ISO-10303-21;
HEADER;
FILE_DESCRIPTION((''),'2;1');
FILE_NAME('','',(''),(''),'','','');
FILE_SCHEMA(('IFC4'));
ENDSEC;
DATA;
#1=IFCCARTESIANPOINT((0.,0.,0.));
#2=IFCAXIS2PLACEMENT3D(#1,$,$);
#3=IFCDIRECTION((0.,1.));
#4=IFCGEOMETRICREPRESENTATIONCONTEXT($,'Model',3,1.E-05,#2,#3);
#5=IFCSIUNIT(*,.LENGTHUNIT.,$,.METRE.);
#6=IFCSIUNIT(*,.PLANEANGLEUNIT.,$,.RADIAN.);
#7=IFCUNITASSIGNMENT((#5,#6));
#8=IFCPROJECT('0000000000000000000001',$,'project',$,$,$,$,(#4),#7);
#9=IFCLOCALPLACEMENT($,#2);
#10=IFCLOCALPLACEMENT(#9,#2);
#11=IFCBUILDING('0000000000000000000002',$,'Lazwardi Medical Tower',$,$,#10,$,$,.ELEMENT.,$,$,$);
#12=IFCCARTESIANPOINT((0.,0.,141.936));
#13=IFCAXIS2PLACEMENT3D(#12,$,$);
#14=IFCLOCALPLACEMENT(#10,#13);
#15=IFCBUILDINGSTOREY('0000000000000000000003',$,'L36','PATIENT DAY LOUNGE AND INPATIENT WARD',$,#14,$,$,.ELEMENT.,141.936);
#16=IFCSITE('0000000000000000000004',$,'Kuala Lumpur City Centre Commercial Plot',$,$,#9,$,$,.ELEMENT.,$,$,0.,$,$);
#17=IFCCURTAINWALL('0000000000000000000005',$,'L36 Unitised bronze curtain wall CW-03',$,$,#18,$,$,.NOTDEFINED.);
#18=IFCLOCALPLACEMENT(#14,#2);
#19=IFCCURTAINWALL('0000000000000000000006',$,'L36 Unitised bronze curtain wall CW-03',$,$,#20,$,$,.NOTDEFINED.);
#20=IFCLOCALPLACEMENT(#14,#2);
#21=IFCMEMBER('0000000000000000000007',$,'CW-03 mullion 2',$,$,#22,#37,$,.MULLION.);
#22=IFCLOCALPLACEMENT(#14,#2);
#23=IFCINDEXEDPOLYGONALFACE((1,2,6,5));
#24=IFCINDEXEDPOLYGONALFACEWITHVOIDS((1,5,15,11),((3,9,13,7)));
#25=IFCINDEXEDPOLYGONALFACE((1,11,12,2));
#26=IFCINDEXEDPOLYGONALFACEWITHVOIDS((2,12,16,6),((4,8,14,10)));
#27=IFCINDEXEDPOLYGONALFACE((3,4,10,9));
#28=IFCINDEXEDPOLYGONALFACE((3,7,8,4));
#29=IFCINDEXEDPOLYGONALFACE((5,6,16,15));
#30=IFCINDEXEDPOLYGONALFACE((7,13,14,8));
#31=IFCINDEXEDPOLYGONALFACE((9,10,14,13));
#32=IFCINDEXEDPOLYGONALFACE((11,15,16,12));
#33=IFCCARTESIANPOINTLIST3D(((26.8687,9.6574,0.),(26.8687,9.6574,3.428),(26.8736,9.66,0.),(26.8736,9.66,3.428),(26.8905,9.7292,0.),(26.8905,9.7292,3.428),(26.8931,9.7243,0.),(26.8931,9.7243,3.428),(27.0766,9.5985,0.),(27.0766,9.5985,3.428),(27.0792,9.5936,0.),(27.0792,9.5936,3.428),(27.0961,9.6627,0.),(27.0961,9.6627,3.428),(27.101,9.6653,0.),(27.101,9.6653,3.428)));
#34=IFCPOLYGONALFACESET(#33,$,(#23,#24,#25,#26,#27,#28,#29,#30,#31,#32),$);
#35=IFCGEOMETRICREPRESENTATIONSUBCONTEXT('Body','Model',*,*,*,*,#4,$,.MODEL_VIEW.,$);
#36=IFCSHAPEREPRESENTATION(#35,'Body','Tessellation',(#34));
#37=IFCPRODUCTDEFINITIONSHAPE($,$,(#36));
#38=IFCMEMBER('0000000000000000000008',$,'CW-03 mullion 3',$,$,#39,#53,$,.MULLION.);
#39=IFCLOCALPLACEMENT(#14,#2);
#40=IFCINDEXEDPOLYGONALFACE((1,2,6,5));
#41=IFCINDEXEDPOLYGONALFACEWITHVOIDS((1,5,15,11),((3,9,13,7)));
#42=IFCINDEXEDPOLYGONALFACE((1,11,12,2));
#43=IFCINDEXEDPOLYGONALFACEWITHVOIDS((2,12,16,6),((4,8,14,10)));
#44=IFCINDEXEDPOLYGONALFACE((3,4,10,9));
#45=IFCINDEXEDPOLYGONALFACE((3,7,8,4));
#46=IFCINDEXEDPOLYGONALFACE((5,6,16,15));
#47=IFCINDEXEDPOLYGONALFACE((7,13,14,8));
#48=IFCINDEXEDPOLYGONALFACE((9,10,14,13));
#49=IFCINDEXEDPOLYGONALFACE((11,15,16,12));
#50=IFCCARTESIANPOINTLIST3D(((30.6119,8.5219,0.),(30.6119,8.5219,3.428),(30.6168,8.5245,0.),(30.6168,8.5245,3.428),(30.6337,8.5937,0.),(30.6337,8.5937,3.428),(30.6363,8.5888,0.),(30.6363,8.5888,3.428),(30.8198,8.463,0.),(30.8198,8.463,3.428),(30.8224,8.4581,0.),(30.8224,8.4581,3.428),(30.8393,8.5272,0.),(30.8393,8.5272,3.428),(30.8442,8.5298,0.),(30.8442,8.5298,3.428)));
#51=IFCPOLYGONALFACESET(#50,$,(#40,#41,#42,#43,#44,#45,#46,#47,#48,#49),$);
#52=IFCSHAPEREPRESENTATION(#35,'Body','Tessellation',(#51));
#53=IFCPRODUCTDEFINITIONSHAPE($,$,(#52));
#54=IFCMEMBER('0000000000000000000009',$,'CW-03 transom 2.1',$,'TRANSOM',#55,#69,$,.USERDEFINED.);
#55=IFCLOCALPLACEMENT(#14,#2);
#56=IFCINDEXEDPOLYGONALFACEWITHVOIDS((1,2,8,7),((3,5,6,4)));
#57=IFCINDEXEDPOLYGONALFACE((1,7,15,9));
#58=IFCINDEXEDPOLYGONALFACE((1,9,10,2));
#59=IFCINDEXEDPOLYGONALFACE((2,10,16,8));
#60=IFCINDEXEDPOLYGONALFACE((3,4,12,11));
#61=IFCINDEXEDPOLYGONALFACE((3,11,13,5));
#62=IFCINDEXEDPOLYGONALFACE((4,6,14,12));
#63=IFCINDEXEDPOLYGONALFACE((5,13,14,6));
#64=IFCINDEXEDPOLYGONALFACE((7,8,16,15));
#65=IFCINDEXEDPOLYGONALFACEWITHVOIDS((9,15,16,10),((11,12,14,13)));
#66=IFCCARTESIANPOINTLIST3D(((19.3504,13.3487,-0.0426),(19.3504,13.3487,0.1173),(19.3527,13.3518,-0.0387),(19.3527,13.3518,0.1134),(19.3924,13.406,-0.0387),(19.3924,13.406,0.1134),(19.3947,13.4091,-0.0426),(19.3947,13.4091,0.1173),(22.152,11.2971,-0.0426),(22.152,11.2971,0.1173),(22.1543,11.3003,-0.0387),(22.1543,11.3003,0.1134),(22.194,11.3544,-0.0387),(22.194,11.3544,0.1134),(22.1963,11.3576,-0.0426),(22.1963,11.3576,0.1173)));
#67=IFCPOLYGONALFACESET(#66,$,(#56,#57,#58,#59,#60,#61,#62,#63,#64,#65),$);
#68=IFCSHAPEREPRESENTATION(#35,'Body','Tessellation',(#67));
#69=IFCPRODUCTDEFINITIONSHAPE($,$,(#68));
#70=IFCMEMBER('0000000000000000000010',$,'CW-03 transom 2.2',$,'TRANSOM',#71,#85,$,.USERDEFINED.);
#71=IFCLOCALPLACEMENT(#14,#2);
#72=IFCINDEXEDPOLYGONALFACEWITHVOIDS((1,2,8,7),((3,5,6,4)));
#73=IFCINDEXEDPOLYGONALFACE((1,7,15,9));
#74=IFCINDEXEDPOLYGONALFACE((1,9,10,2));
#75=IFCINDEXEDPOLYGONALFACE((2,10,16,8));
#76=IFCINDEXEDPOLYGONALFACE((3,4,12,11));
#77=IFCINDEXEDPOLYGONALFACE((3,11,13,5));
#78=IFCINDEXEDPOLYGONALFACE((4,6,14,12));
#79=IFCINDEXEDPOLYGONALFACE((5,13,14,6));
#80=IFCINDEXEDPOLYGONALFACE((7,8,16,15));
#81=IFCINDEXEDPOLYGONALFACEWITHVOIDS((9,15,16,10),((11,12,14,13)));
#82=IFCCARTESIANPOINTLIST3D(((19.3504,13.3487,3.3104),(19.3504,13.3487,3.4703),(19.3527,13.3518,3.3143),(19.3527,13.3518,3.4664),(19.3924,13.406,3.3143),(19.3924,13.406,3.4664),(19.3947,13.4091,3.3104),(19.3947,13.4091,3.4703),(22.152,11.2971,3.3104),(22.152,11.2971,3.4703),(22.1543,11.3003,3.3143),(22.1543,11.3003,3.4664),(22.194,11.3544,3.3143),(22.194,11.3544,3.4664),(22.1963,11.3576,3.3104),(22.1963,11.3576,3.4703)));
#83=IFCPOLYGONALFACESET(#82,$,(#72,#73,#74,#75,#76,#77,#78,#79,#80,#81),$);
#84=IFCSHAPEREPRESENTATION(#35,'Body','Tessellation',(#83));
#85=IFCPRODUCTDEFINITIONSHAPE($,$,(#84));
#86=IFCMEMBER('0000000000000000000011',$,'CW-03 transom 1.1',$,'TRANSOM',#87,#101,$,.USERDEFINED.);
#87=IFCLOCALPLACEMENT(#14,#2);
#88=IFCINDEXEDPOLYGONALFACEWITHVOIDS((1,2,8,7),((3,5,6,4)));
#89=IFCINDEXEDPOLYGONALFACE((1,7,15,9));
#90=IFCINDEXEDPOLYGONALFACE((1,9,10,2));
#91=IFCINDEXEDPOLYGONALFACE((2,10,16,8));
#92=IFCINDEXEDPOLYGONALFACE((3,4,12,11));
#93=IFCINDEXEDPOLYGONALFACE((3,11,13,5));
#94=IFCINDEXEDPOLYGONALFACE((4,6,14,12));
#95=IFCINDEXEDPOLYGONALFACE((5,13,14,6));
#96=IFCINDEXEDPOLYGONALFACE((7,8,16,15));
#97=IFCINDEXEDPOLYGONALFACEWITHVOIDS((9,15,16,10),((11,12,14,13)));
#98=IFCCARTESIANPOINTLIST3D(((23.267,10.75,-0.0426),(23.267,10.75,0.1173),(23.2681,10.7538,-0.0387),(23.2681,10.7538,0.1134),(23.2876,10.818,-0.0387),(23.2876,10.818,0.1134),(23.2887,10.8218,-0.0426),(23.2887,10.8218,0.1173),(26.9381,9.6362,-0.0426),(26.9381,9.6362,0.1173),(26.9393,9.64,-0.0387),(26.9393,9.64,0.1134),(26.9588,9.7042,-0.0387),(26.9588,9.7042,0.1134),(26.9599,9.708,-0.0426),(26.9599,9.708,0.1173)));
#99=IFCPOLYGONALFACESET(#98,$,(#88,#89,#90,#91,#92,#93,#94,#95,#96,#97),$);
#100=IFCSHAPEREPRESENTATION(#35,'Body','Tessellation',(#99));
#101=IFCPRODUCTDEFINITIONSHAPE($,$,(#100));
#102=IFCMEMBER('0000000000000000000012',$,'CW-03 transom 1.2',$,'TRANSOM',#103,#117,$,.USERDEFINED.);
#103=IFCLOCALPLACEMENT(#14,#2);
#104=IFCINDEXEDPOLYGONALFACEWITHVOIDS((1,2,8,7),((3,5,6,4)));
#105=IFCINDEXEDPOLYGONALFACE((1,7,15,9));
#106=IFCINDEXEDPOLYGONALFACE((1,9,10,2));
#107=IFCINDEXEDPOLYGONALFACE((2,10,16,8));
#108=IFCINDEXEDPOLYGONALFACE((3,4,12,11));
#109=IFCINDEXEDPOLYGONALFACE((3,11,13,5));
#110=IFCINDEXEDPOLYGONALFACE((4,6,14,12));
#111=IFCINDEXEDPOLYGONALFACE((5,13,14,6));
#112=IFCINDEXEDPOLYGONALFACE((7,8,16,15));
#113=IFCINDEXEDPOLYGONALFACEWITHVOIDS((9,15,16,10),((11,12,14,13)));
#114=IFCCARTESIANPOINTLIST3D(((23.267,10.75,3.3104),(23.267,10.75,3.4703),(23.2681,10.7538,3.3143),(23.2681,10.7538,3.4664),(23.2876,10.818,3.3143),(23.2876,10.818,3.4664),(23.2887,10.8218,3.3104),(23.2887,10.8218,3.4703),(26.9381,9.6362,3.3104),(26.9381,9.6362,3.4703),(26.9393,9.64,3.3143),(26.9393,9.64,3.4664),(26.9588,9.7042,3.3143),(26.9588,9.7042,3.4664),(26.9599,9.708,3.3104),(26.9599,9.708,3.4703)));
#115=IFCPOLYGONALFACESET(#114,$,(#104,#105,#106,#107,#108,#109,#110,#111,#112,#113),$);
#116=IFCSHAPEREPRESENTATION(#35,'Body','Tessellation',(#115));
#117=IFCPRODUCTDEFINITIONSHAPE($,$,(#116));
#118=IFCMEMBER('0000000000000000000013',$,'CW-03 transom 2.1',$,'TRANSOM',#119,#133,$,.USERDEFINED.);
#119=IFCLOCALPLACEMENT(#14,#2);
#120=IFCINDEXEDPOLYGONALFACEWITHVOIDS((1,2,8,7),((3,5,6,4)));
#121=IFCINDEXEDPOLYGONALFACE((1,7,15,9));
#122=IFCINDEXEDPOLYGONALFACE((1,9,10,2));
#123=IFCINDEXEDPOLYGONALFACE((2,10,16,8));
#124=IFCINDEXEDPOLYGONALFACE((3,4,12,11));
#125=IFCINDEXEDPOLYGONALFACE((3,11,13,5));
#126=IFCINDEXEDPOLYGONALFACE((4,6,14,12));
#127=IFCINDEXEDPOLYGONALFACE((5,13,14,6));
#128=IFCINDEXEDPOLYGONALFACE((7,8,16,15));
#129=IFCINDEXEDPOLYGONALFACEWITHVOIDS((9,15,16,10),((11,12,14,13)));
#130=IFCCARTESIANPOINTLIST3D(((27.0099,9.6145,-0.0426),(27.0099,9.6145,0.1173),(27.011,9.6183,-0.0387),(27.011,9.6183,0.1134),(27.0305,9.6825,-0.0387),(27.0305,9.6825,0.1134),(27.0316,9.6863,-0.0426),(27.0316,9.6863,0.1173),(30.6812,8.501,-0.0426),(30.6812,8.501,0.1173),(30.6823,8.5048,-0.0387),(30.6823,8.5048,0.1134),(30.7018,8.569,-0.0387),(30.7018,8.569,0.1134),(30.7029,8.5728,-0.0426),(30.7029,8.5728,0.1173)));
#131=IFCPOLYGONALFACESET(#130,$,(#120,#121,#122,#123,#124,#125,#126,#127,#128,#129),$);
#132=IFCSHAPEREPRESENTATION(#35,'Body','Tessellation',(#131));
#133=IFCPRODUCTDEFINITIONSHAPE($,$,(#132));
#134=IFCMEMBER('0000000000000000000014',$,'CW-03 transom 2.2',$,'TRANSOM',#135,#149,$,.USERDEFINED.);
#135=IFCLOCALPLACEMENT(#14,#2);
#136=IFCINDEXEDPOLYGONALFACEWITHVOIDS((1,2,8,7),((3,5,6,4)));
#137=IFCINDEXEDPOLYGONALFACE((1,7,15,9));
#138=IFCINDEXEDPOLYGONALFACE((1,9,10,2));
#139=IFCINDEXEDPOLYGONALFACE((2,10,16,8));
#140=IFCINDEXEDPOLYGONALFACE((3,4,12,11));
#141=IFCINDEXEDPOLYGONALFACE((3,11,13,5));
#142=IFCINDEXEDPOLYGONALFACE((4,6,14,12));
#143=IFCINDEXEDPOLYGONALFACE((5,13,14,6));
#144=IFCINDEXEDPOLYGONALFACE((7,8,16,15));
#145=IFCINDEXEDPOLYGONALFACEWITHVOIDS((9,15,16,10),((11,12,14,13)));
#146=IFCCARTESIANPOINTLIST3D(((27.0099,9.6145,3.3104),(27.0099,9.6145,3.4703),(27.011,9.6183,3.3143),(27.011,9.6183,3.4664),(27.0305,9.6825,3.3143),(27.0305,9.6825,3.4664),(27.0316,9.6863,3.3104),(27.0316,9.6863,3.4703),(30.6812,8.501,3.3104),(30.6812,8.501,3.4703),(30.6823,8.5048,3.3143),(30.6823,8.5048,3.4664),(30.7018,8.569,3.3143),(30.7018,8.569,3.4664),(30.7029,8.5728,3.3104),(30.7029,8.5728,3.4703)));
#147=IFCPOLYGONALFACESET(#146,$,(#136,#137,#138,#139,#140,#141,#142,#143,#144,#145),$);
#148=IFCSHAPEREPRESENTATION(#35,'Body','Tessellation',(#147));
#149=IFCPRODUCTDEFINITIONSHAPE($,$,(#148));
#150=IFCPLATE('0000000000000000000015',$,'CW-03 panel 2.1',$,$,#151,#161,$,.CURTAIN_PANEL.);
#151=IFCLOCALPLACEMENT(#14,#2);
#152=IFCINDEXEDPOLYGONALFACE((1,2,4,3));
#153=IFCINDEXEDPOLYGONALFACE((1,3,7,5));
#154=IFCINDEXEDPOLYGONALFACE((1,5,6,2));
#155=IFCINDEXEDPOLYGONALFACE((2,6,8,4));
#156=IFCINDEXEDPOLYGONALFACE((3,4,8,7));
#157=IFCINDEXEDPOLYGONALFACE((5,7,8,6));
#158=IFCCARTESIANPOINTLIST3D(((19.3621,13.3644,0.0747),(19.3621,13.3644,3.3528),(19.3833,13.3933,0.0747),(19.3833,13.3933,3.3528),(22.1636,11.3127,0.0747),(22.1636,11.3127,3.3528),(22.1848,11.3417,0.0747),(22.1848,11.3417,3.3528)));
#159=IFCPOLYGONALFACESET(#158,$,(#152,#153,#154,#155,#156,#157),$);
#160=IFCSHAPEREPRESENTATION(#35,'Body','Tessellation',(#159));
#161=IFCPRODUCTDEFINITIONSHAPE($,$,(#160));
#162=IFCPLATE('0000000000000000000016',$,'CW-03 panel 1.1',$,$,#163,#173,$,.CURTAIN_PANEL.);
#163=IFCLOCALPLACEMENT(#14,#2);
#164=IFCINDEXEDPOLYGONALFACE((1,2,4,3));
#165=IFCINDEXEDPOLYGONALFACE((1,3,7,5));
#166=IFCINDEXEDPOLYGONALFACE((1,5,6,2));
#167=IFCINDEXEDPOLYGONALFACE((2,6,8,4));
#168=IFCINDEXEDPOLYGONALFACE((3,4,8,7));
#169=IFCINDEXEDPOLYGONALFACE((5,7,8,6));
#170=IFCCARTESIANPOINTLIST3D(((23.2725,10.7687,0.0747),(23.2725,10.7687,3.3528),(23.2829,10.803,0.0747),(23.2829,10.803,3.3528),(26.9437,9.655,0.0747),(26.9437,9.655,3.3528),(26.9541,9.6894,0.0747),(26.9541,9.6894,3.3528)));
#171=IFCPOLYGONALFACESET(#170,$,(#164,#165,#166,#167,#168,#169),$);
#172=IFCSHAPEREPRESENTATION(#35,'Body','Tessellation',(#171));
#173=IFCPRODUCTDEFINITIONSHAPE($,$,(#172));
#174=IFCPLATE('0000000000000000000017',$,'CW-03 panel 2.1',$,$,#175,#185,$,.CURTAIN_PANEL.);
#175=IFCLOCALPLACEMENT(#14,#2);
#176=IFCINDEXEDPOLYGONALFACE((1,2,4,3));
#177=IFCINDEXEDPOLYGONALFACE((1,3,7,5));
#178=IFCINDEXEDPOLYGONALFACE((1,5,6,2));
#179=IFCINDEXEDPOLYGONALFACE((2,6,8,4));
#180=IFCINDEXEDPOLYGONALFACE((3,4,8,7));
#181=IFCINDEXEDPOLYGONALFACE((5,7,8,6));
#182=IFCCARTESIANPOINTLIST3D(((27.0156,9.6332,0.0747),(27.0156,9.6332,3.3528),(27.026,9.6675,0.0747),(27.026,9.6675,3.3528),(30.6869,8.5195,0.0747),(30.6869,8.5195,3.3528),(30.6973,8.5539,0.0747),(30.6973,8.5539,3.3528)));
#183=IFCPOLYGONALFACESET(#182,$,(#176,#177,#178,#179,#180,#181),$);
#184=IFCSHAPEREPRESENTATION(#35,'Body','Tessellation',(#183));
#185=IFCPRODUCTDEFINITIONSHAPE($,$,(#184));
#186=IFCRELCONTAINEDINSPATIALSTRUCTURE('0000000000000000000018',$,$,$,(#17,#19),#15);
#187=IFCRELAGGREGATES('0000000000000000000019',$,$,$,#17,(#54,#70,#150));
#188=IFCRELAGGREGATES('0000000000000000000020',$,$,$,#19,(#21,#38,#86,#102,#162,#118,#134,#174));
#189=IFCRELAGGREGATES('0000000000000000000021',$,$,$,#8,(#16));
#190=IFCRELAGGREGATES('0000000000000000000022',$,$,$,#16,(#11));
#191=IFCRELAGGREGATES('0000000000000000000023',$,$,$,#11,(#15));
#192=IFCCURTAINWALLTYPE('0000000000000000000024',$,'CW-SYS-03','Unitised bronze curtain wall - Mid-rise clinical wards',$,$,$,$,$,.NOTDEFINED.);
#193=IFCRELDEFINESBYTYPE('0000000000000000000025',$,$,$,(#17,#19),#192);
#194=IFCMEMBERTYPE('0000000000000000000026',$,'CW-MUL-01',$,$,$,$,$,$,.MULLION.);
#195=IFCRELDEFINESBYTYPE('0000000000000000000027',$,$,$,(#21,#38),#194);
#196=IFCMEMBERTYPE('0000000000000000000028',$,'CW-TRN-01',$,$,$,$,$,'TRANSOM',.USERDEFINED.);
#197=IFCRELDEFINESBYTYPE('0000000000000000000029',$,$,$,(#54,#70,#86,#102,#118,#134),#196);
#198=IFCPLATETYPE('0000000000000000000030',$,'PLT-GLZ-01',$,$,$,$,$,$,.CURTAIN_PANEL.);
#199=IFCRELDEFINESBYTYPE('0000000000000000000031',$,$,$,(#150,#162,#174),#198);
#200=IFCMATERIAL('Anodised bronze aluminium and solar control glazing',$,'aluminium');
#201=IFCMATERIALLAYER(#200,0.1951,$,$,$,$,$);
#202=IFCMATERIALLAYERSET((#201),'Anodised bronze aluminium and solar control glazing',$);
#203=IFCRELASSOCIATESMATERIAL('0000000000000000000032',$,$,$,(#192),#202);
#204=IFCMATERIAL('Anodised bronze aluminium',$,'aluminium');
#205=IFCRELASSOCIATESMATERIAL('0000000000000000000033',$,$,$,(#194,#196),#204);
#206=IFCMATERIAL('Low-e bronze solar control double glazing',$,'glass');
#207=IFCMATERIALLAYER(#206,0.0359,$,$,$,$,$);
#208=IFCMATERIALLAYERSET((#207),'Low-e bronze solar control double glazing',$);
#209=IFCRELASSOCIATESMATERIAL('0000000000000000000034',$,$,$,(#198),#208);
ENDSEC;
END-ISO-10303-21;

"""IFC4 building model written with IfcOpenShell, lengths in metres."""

from ifc_helpers import new_model, si_unit, direction, frame, origin, origin_2d, place, context, subcontext, project, spatial, rectangle, hollow_rectangle, extrude, material, layer, layer_set, material_profile, profile_set, type_object, element, aggregate, save


model = new_model("IFC4")

# Units and contexts
model_context = context("Model", 3, precision=1e-05, world=origin(), true_north=direction((0.0, 1.0)))
body_context = subcontext(model_context, "Body", "Model", "MODEL_VIEW")
ifc_project = project(units=[si_unit("LENGTHUNIT", "METRE"), si_unit("PLANEANGLEUNIT", "RADIAN")], contexts=[model_context])

# Site, building, storey
site_placement = place(None, origin())
site = spatial("IfcSite", under=ifc_project, at=site_placement, Name="Kuala Lumpur City Centre Commercial Plot", CompositionType="ELEMENT", RefElevation=0.0)
building_placement = place(site_placement, origin())
building = spatial("IfcBuilding", under=site, at=building_placement, Name="Lazwardi Medical Tower", CompositionType="ELEMENT")
storey_placement = place(building_placement, frame((0.0, 0.0, 141.936)))
storey = spatial("IfcBuildingStorey", under=building, at=storey_placement, Name="L36", Description="PATIENT DAY LOUNGE AND INPATIENT WARD", CompositionType="ELEMENT", Elevation=141.936)

# Curtain wall
ifc_material_1 = material(Name="Anodised bronze aluminium and solar control glazing", Category="aluminium")
ifc_layer_1 = layer(ifc_material_1, 0.1951)
ifc_layer_set_1 = layer_set([ifc_layer_1], Name="Anodised bronze aluminium and solar control glazing")
curtain_wall_type = type_object("IfcCurtainWallType", Name="CW-SYS-03", Description="Unitised bronze curtain wall - Mid-rise clinical wards", PredefinedType="NOTDEFINED", material=ifc_layer_set_1)
curtain_wall_1_placement = place(storey_placement, origin())
curtain_wall_1 = element("IfcCurtainWall", 1, at=curtain_wall_1_placement, inside=storey, type_object=curtain_wall_type, Name="L36 Unitised bronze curtain wall CW-03", PredefinedType="NOTDEFINED")
ifc_material_2 = material(Name="Anodised bronze aluminium", Category="aluminium")
ifc_material_profile_1 = material_profile(ifc_material_2, hollow_rectangle(XDim=0.075, YDim=0.22, WallThickness=0.0039, at=origin_2d()), Name="ALU-MULLION 220x75x4")
ifc_profile_set_1 = profile_set([ifc_material_profile_1], Name="Anodised bronze aluminium")
member_type_1 = type_object("IfcMemberType", Name="CW-MUL-01", PredefinedType="MULLION", material=ifc_profile_set_1)

# Curtain wall, members
curtain_wall_2_placement = place(storey_placement, origin())
curtain_wall_2 = element("IfcCurtainWall", 2, at=curtain_wall_2_placement, inside=storey, type_object=curtain_wall_type, Name="L36 Unitised bronze curtain wall CW-03", PredefinedType="NOTDEFINED")
member_1_placement = place(storey_placement, frame((26.9849, 9.6614, 0.0), z_axis=(0.0, 0.0, 1.0), x_axis=(0.290281, 0.956942, 0.0)))
member_1 = element("IfcMember", 3, at=member_1_placement, type_object=member_type_1, Name="CW-03 mullion 2", PredefinedType="MULLION", context=body_context, shape_type="SweptSolid", body=[
    extrude(hollow_rectangle(XDim=0.075, YDim=0.22, WallThickness=0.0039, at=origin_2d()), origin(), (0.0, 0.0, 1.0), 3.428),
])
member_2_placement = place(storey_placement, frame((30.728, 8.5259, 0.0), z_axis=(0.0, 0.0, 1.0), x_axis=(0.290281, 0.956942, 0.0)))
member_2 = element("IfcMember", 4, at=member_2_placement, type_object=member_type_1, Name="CW-03 mullion 3", PredefinedType="MULLION", context=body_context, shape_type="SweptSolid", body=[
    extrude(hollow_rectangle(XDim=0.075, YDim=0.22, WallThickness=0.0039, at=origin_2d()), origin(), (0.0, 0.0, 1.0), 3.428),
])

# Members
ifc_material_profile_2 = material_profile(ifc_material_2, hollow_rectangle(XDim=0.075, YDim=0.1599, WallThickness=0.0039, at=origin_2d()), Name="ALU-TRANSOM 160x75x4")
ifc_profile_set_2 = profile_set([ifc_material_profile_2], Name="Anodised bronze aluminium")
member_type_2 = type_object("IfcMemberType", Name="CW-TRN-01", ElementType="TRANSOM", PredefinedType="USERDEFINED", material=ifc_profile_set_2)
member_3_placement = place(storey_placement, frame((19.3726, 13.3789, 0.0374), z_axis=(0.806807, -0.590815, 0.0), x_axis=(0.590815, 0.806807, 0.0)))
member_3 = element("IfcMember", 5, at=member_3_placement, type_object=member_type_2, Name="CW-03 transom 2.1", ObjectType="TRANSOM", PredefinedType="USERDEFINED", context=body_context, shape_type="SweptSolid", body=[
    extrude(hollow_rectangle(XDim=0.075, YDim=0.1599, WallThickness=0.0039, at=origin_2d()), origin(), (0.0, 0.0, 1.0), 3.4724),
])
member_4_placement = place(storey_placement, frame((19.3726, 13.3789, 3.3904), z_axis=(0.806807, -0.590815, 0.0), x_axis=(0.590815, 0.806807, 0.0)))
member_4 = element("IfcMember", 6, at=member_4_placement, type_object=member_type_2, Name="CW-03 transom 2.2", ObjectType="TRANSOM", PredefinedType="USERDEFINED", context=body_context, shape_type="SweptSolid", body=[
    extrude(hollow_rectangle(XDim=0.075, YDim=0.1599, WallThickness=0.0039, at=origin_2d()), origin(), (0.0, 0.0, 1.0), 3.4724),
])
member_5_placement = place(storey_placement, frame((23.2778, 10.7859, 0.0374), z_axis=(0.95693, -0.290318, 0.0), x_axis=(0.290318, 0.95693, 0.0)))
member_5 = element("IfcMember", 7, at=member_5_placement, type_object=member_type_2, Name="CW-03 transom 1.1", ObjectType="TRANSOM", PredefinedType="USERDEFINED", context=body_context, shape_type="SweptSolid", body=[
    extrude(hollow_rectangle(XDim=0.075, YDim=0.1599, WallThickness=0.0039, at=origin_2d()), origin(), (0.0, 0.0, 1.0), 3.8364),
])
member_6_placement = place(storey_placement, frame((23.2778, 10.7859, 3.3904), z_axis=(0.95693, -0.290318, 0.0), x_axis=(0.290318, 0.95693, 0.0)))
member_6 = element("IfcMember", 8, at=member_6_placement, type_object=member_type_2, Name="CW-03 transom 1.2", ObjectType="TRANSOM", PredefinedType="USERDEFINED", context=body_context, shape_type="SweptSolid", body=[
    extrude(hollow_rectangle(XDim=0.075, YDim=0.1599, WallThickness=0.0039, at=origin_2d()), origin(), (0.0, 0.0, 1.0), 3.8364),
])
member_7_placement = place(storey_placement, frame((27.0208, 9.6504, 0.0374), z_axis=(0.956953, -0.290242, 0.0), x_axis=(0.290242, 0.956953, 0.0)))
member_7 = element("IfcMember", 9, at=member_7_placement, type_object=member_type_2, Name="CW-03 transom 2.1", ObjectType="TRANSOM", PredefinedType="USERDEFINED", context=body_context, shape_type="SweptSolid", body=[
    extrude(hollow_rectangle(XDim=0.075, YDim=0.1599, WallThickness=0.0039, at=origin_2d()), origin(), (0.0, 0.0, 1.0), 3.8364),
])
member_8_placement = place(storey_placement, frame((27.0208, 9.6504, 3.3904), z_axis=(0.956953, -0.290242, 0.0), x_axis=(0.290242, 0.956953, 0.0)))
member_8 = element("IfcMember", 10, at=member_8_placement, type_object=member_type_2, Name="CW-03 transom 2.2", ObjectType="TRANSOM", PredefinedType="USERDEFINED", context=body_context, shape_type="SweptSolid", body=[
    extrude(hollow_rectangle(XDim=0.075, YDim=0.1599, WallThickness=0.0039, at=origin_2d()), origin(), (0.0, 0.0, 1.0), 3.8364),
])

# Plates
ifc_material_3 = material(Name="Low-e bronze solar control double glazing", Category="glass")
ifc_layer_2 = layer(ifc_material_3, 0.0359)
ifc_layer_set_2 = layer_set([ifc_layer_2], Name="Low-e bronze solar control double glazing")
plate_type = type_object("IfcPlateType", Name="PLT-GLZ-01", PredefinedType="CURTAIN_PANEL", material=ifc_layer_set_2)
plate_1_placement = place(storey_placement, frame((20.7734, 12.353, 0.0747), z_axis=(0.0, 0.0, 1.0), x_axis=(0.806793, -0.590834, 0.0)))
plate_1 = element("IfcPlate", 11, at=plate_1_placement, type_object=plate_type, Name="CW-03 panel 2.1", PredefinedType="CURTAIN_PANEL", context=body_context, shape_type="SweptSolid", body=[
    extrude(rectangle(XDim=3.4724, YDim=0.0359, at=origin_2d()), origin(), (0.0, 0.0, 1.0), 3.2781),
])
aggregate(curtain_wall_1, [member_3, member_4, plate_1])
plate_2_placement = place(storey_placement, frame((25.1133, 10.229, 0.0747), z_axis=(0.0, 0.0, 1.0), x_axis=(0.956942, -0.290281, 0.0)))
plate_2 = element("IfcPlate", 12, at=plate_2_placement, type_object=plate_type, Name="CW-03 panel 1.1", PredefinedType="CURTAIN_PANEL", context=body_context, shape_type="SweptSolid", body=[
    extrude(rectangle(XDim=3.8364, YDim=0.0359, at=origin_2d()), origin(), (0.0, 0.0, 1.0), 3.2781),
])
plate_3_placement = place(storey_placement, frame((28.8564, 9.0935, 0.0747), z_axis=(0.0, 0.0, 1.0), x_axis=(0.956942, -0.290281, 0.0)))
plate_3 = element("IfcPlate", 13, at=plate_3_placement, type_object=plate_type, Name="CW-03 panel 2.1", PredefinedType="CURTAIN_PANEL", context=body_context, shape_type="SweptSolid", body=[
    extrude(rectangle(XDim=3.8364, YDim=0.0359, at=origin_2d()), origin(), (0.0, 0.0, 1.0), 3.2781),
])
aggregate(curtain_wall_2, [member_1, member_2, member_5, member_6, plate_2, member_7, member_8, plate_3])

save(model, "model.ifc")
